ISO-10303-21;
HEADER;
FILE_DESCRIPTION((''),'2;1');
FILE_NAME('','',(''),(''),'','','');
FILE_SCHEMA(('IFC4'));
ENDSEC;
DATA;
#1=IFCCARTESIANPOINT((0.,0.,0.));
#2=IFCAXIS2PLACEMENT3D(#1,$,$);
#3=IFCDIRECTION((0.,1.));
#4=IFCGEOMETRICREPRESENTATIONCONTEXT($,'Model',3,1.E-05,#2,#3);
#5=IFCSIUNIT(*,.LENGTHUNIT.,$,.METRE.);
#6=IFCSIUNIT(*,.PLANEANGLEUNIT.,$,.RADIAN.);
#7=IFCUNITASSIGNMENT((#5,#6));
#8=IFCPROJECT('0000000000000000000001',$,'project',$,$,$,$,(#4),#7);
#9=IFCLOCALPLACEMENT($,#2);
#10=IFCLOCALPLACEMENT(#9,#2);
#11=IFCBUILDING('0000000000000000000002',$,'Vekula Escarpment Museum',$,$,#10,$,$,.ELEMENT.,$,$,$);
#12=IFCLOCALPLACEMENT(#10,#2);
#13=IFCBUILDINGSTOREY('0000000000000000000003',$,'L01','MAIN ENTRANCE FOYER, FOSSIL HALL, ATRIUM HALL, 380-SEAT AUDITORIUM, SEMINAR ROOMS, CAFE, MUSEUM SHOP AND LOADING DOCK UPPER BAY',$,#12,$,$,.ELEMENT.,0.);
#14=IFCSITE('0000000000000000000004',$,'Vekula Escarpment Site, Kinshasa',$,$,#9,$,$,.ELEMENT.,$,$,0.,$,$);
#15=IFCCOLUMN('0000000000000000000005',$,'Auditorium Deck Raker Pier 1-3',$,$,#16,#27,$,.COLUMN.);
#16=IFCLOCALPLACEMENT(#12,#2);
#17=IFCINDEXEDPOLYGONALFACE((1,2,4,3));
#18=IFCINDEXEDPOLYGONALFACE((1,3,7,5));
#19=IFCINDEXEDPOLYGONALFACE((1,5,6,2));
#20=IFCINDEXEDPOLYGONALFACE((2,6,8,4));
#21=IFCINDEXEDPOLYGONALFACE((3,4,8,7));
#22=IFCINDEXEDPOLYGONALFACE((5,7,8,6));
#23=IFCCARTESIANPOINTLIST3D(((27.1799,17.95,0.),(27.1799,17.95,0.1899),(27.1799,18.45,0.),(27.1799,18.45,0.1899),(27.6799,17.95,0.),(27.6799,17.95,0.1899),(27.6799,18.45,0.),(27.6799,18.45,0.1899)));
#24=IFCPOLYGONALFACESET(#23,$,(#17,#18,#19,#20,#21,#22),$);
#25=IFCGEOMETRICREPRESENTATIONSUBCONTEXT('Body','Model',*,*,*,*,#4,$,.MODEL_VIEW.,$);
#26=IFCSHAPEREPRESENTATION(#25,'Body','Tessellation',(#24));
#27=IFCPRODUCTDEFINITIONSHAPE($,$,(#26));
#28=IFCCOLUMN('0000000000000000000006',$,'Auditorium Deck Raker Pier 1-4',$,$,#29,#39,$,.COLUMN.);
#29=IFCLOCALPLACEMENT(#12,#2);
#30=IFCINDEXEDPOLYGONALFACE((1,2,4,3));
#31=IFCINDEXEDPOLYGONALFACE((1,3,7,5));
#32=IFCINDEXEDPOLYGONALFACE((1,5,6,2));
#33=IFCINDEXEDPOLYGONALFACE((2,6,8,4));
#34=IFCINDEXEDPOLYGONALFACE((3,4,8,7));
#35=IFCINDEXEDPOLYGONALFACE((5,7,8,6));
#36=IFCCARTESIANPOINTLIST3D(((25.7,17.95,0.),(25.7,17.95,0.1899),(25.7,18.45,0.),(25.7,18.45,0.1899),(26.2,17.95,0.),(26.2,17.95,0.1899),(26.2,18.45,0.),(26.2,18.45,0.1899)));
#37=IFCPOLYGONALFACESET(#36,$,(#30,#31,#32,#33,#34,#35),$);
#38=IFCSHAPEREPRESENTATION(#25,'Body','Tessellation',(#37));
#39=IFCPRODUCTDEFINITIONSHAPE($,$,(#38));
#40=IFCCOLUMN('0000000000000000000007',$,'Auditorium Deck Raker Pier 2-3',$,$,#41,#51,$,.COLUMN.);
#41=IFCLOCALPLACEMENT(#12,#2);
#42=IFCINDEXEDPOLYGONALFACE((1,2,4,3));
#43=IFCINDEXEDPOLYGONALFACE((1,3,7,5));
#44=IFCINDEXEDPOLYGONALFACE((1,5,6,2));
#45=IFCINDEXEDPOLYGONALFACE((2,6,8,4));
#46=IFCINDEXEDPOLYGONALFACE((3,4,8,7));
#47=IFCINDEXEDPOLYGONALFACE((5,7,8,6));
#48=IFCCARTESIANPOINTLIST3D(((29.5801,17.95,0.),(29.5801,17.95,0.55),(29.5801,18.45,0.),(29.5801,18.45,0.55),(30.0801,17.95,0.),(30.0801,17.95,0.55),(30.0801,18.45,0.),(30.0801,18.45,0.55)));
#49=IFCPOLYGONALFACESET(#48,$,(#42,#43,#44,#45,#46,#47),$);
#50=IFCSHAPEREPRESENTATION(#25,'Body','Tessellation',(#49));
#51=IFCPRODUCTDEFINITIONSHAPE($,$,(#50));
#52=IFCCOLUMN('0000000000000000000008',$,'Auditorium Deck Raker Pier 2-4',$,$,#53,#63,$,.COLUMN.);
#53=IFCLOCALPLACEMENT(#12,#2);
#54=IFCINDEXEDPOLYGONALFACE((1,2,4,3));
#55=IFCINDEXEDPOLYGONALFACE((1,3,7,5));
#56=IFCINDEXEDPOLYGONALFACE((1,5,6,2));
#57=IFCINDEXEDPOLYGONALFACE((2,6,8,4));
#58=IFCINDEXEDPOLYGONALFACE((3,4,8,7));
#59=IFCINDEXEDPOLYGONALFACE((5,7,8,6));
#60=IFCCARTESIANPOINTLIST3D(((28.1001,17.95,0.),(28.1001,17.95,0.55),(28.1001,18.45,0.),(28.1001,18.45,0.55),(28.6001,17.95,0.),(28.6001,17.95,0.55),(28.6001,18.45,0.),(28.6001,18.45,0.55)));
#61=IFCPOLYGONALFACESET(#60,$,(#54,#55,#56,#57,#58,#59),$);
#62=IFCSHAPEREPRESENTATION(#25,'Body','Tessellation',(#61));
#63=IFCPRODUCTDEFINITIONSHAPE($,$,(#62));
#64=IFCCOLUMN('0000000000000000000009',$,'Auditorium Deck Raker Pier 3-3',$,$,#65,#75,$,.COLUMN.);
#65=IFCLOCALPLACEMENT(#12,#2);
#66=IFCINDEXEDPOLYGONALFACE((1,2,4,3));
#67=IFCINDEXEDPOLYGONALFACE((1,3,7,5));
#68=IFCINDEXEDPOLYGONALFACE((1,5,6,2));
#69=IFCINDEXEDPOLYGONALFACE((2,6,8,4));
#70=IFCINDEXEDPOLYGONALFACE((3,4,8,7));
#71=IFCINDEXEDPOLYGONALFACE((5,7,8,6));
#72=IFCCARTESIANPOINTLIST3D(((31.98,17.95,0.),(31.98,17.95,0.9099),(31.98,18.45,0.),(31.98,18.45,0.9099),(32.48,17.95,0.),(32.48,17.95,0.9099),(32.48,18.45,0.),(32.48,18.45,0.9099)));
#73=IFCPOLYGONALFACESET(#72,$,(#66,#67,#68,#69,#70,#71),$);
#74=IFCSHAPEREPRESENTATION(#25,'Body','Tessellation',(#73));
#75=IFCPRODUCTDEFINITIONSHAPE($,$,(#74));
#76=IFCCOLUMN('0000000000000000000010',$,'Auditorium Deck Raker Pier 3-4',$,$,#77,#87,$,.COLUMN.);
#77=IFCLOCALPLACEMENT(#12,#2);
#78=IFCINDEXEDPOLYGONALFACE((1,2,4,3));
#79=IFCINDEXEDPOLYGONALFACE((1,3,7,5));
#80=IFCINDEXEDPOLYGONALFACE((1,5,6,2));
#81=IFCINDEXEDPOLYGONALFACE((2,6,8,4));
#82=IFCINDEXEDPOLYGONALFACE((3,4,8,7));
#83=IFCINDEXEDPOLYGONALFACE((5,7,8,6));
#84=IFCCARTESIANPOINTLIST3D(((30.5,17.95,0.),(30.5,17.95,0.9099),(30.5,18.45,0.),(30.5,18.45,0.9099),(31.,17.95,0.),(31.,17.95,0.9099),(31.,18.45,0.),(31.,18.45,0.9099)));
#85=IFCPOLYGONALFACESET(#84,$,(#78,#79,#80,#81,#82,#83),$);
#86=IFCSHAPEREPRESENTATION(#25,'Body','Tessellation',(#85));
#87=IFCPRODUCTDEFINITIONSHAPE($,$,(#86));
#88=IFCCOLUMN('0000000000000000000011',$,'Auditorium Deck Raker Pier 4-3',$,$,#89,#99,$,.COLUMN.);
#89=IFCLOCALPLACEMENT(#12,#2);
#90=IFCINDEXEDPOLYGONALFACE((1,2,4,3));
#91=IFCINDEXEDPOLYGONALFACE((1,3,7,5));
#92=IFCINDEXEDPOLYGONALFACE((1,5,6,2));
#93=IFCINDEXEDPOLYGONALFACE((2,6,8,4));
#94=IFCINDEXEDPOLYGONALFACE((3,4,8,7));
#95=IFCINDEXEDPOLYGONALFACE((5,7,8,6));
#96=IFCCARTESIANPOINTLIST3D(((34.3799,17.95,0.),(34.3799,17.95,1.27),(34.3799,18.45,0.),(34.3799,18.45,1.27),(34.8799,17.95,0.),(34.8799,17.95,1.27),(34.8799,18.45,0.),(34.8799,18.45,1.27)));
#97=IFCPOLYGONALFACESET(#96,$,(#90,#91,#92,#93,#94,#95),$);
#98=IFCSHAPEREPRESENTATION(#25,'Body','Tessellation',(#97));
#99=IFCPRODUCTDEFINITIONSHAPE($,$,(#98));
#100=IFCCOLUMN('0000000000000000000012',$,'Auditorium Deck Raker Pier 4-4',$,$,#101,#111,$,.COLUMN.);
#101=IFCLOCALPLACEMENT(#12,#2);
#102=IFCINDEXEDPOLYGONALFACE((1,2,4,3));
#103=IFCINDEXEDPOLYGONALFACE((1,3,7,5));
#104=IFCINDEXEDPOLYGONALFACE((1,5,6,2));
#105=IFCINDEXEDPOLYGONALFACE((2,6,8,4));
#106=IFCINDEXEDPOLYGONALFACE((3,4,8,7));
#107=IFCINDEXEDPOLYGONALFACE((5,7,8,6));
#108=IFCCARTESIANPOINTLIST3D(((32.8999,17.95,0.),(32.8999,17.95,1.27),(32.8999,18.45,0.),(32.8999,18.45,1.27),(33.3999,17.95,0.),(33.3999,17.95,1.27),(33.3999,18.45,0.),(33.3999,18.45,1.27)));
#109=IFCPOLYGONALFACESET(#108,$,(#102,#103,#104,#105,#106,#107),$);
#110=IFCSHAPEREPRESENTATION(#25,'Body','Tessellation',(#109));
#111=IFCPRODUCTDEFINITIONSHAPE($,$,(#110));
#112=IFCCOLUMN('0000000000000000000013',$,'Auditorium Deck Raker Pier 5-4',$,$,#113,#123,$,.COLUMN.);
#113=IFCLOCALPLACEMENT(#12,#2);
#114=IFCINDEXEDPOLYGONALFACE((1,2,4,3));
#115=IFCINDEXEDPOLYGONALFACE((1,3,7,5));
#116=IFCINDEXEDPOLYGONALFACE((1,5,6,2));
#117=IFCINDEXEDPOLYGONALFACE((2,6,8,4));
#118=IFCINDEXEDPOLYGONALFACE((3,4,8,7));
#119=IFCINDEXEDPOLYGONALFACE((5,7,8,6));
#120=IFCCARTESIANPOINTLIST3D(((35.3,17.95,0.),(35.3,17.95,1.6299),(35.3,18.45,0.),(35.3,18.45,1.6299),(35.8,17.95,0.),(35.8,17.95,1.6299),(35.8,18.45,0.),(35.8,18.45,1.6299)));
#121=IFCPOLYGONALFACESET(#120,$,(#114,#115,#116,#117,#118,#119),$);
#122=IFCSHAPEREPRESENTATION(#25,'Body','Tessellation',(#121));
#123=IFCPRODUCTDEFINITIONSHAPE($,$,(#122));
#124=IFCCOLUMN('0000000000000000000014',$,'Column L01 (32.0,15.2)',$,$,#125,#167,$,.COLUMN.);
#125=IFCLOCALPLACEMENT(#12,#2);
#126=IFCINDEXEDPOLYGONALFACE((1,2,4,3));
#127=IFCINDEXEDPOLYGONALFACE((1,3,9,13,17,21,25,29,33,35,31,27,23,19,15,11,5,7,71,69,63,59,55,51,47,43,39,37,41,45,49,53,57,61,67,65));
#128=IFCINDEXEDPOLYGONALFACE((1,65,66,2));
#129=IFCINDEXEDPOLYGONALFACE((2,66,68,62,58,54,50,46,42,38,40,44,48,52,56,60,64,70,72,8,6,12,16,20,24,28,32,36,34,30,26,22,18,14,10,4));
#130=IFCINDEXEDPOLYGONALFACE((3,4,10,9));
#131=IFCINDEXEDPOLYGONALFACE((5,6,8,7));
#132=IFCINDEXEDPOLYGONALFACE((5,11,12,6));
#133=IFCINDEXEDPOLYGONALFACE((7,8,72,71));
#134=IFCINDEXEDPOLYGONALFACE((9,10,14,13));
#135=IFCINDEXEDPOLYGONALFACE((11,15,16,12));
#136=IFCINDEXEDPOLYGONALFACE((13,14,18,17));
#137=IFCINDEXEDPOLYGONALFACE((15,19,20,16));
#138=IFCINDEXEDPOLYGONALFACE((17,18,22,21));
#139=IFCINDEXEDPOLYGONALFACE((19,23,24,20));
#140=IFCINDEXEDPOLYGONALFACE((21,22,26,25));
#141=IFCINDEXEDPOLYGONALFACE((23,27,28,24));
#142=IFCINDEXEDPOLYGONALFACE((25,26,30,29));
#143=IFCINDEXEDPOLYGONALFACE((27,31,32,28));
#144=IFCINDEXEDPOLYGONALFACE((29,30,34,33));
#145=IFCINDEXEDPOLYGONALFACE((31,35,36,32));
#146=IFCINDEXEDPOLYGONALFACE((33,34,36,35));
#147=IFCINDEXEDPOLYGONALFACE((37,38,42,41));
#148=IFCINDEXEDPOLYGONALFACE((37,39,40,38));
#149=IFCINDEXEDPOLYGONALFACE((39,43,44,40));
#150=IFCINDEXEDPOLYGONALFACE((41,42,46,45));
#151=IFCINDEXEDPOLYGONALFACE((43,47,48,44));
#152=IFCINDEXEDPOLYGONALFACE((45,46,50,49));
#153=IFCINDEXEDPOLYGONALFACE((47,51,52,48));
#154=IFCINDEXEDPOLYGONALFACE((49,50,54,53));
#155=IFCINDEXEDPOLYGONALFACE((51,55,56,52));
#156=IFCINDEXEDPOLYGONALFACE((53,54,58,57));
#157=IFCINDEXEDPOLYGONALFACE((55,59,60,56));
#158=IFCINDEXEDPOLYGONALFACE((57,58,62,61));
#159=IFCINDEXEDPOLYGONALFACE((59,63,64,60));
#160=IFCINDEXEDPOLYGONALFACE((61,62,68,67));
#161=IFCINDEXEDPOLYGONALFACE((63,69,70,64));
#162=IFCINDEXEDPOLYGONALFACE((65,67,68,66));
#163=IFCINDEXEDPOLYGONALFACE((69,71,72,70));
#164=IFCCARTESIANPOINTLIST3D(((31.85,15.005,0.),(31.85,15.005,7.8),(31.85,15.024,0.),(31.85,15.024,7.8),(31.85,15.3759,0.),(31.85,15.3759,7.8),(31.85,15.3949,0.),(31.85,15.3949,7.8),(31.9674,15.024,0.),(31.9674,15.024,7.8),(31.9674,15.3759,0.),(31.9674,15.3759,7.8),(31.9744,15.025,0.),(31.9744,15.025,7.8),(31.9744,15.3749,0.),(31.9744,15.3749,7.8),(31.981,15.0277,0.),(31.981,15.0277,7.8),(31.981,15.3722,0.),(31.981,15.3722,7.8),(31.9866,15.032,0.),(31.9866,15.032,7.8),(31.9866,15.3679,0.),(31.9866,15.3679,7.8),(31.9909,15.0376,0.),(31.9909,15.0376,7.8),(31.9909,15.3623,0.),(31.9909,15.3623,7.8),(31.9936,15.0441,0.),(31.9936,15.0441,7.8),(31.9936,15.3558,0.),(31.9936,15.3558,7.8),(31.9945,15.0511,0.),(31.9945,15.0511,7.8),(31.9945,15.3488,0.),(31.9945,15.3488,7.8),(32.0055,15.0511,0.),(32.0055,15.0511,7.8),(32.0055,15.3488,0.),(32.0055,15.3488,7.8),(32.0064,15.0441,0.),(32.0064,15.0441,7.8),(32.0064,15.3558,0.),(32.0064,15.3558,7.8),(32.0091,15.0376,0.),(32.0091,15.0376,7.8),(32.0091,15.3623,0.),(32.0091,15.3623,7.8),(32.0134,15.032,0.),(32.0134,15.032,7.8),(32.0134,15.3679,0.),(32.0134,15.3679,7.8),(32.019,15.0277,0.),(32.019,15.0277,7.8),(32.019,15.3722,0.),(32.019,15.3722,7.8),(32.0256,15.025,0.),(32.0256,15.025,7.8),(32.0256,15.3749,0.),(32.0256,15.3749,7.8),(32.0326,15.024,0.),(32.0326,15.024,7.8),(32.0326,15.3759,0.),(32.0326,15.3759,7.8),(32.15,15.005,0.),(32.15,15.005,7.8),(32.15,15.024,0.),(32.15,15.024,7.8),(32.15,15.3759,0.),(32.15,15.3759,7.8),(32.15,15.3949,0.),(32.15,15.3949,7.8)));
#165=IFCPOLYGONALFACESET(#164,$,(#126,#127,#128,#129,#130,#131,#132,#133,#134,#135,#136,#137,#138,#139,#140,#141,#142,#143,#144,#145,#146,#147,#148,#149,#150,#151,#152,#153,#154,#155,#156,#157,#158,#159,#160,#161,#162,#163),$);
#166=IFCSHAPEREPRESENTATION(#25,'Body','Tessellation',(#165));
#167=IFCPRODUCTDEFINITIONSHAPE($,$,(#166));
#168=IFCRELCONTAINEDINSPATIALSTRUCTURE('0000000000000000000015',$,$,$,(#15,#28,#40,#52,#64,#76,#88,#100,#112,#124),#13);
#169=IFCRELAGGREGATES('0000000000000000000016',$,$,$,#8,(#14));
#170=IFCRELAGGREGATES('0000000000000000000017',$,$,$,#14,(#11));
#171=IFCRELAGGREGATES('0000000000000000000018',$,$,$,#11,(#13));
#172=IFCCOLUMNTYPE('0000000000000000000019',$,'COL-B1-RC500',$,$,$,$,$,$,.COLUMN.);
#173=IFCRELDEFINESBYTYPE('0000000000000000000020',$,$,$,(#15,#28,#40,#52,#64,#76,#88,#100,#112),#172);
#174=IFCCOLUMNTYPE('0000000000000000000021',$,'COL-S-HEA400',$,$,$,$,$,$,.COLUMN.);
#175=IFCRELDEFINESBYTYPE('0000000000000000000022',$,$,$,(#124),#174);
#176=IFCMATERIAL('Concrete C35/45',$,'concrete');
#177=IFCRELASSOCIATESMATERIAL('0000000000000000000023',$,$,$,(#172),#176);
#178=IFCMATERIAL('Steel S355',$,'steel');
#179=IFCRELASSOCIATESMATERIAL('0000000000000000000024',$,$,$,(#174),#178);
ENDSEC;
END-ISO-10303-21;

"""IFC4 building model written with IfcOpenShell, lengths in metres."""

from ifc_helpers import new_model, si_unit, direction, frame, origin, origin_2d, place, context, subcontext, project, spatial, rectangle, i_section, extrude, material, material_profile, profile_set, type_object, element, save


model = new_model("IFC4")

# Units and contexts
model_context = context("Model", 3, precision=1e-05, world=origin(), true_north=direction((0.0, 1.0)))
body_context = subcontext(model_context, "Body", "Model", "MODEL_VIEW")
ifc_project = project(units=[si_unit("LENGTHUNIT", "METRE"), si_unit("PLANEANGLEUNIT", "RADIAN")], contexts=[model_context])

# Site, building, storey
site_placement = place(None, origin())
site = spatial("IfcSite", under=ifc_project, at=site_placement, Name="Vekula Escarpment Site, Kinshasa", CompositionType="ELEMENT", RefElevation=0.0)
building_placement = place(site_placement, origin())
building = spatial("IfcBuilding", under=site, at=building_placement, Name="Vekula Escarpment Museum", CompositionType="ELEMENT")
storey_placement = place(building_placement, origin())
storey = spatial("IfcBuildingStorey", under=building, at=storey_placement, Name="L01", Description="MAIN ENTRANCE FOYER, FOSSIL HALL, ATRIUM HALL, 380-SEAT AUDITORIUM, SEMINAR ROOMS, CAFE, MUSEUM SHOP AND LOADING DOCK UPPER BAY", CompositionType="ELEMENT", Elevation=0.0)

# Columns
ifc_material_1 = material(Name="Concrete C35/45", Category="concrete")
ifc_material_profile_1 = material_profile(ifc_material_1, rectangle(XDim=0.5, YDim=0.5, at=origin_2d()), Name="RC 500x500")
ifc_profile_set_1 = profile_set([ifc_material_profile_1], Name="Concrete C35/45")
column_type_1 = type_object("IfcColumnType", Name="COL-B1-RC500", PredefinedType="COLUMN", material=ifc_profile_set_1)
for number, where, z_axis, x_axis, name in (
    (1, (27.4299, 18.2, 0.0), (0.0, 0.0, 1.0), (1.0, 0.0, 0.0), "Auditorium Deck Raker Pier 1-3"),
    (2, (25.95, 18.2, 0.0), (0.0, 0.0, 1.0), (1.0, 0.0, 0.0), "Auditorium Deck Raker Pier 1-4"),
):
    element("IfcColumn", number, at=place(storey_placement, frame(where, z_axis=z_axis, x_axis=x_axis)), inside=storey, type_object=column_type_1, Name=name, PredefinedType="COLUMN", context=body_context, shape_type="SweptSolid", body=[
        extrude(rectangle(XDim=0.5, YDim=0.5, at=origin_2d()), origin(), (0.0, 0.0, 1.0), 0.1899),
    ])
for number, where, z_axis, x_axis, name in (
    (3, (29.8301, 18.2, 0.0), (0.0, 0.0, 1.0), (1.0, 0.0, 0.0), "Auditorium Deck Raker Pier 2-3"),
    (4, (28.3501, 18.2, 0.0), (0.0, 0.0, 1.0), (1.0, 0.0, 0.0), "Auditorium Deck Raker Pier 2-4"),
):
    element("IfcColumn", number, at=place(storey_placement, frame(where, z_axis=z_axis, x_axis=x_axis)), inside=storey, type_object=column_type_1, Name=name, PredefinedType="COLUMN", context=body_context, shape_type="SweptSolid", body=[
        extrude(rectangle(XDim=0.5, YDim=0.5, at=origin_2d()), origin(), (0.0, 0.0, 1.0), 0.55),
    ])
for number, where, z_axis, x_axis, name in (
    (5, (32.23, 18.2, 0.0), (0.0, 0.0, 1.0), (1.0, 0.0, 0.0), "Auditorium Deck Raker Pier 3-3"),
    (6, (30.75, 18.2, 0.0), (0.0, 0.0, 1.0), (1.0, 0.0, 0.0), "Auditorium Deck Raker Pier 3-4"),
):
    element("IfcColumn", number, at=place(storey_placement, frame(where, z_axis=z_axis, x_axis=x_axis)), inside=storey, type_object=column_type_1, Name=name, PredefinedType="COLUMN", context=body_context, shape_type="SweptSolid", body=[
        extrude(rectangle(XDim=0.5, YDim=0.5, at=origin_2d()), origin(), (0.0, 0.0, 1.0), 0.9099),
    ])
for number, where, z_axis, x_axis, name in (
    (7, (34.6299, 18.2, 0.0), (0.0, 0.0, 1.0), (1.0, 0.0, 0.0), "Auditorium Deck Raker Pier 4-3"),
    (8, (33.1499, 18.2, 0.0), (0.0, 0.0, 1.0), (1.0, 0.0, 0.0), "Auditorium Deck Raker Pier 4-4"),
):
    element("IfcColumn", number, at=place(storey_placement, frame(where, z_axis=z_axis, x_axis=x_axis)), inside=storey, type_object=column_type_1, Name=name, PredefinedType="COLUMN", context=body_context, shape_type="SweptSolid", body=[
        extrude(rectangle(XDim=0.5, YDim=0.5, at=origin_2d()), origin(), (0.0, 0.0, 1.0), 1.27),
    ])
column_1_placement = place(storey_placement, frame((35.55, 18.2, 0.0), z_axis=(0.0, 0.0, 1.0), x_axis=(1.0, 0.0, 0.0)))
element("IfcColumn", 9, at=column_1_placement, inside=storey, type_object=column_type_1, Name="Auditorium Deck Raker Pier 5-4", PredefinedType="COLUMN", context=body_context, shape_type="SweptSolid", body=[
    extrude(rectangle(XDim=0.5, YDim=0.5, at=origin_2d()), origin(), (0.0, 0.0, 1.0), 1.6299),
])
ifc_material_2 = material(Name="Steel S355", Category="steel")
ifc_material_profile_2 = material_profile(ifc_material_2, i_section(OverallWidth=0.3, OverallDepth=0.3899, WebThickness=0.011, FlangeThickness=0.019, FilletRadius=0.0271, at=origin_2d()), Name="HEA 400")
ifc_profile_set_2 = profile_set([ifc_material_profile_2], Name="Steel S355")
column_type_2 = type_object("IfcColumnType", Name="COL-S-HEA400", PredefinedType="COLUMN", material=ifc_profile_set_2)
column_2_placement = place(storey_placement, frame((32.0, 15.2, 0.0), z_axis=(0.0, 0.0, 1.0), x_axis=(1.0, 0.0, 0.0)))
element("IfcColumn", 10, at=column_2_placement, inside=storey, type_object=column_type_2, Name="Column L01 (32.0,15.2)", PredefinedType="COLUMN", context=body_context, shape_type="SweptSolid", body=[
    extrude(i_section(OverallWidth=0.3, OverallDepth=0.3899, WebThickness=0.011, FlangeThickness=0.019, FilletRadius=0.0271, at=origin_2d()), origin(), (0.0, 0.0, 1.0), 7.8),
])

save(model, "model.ifc")
